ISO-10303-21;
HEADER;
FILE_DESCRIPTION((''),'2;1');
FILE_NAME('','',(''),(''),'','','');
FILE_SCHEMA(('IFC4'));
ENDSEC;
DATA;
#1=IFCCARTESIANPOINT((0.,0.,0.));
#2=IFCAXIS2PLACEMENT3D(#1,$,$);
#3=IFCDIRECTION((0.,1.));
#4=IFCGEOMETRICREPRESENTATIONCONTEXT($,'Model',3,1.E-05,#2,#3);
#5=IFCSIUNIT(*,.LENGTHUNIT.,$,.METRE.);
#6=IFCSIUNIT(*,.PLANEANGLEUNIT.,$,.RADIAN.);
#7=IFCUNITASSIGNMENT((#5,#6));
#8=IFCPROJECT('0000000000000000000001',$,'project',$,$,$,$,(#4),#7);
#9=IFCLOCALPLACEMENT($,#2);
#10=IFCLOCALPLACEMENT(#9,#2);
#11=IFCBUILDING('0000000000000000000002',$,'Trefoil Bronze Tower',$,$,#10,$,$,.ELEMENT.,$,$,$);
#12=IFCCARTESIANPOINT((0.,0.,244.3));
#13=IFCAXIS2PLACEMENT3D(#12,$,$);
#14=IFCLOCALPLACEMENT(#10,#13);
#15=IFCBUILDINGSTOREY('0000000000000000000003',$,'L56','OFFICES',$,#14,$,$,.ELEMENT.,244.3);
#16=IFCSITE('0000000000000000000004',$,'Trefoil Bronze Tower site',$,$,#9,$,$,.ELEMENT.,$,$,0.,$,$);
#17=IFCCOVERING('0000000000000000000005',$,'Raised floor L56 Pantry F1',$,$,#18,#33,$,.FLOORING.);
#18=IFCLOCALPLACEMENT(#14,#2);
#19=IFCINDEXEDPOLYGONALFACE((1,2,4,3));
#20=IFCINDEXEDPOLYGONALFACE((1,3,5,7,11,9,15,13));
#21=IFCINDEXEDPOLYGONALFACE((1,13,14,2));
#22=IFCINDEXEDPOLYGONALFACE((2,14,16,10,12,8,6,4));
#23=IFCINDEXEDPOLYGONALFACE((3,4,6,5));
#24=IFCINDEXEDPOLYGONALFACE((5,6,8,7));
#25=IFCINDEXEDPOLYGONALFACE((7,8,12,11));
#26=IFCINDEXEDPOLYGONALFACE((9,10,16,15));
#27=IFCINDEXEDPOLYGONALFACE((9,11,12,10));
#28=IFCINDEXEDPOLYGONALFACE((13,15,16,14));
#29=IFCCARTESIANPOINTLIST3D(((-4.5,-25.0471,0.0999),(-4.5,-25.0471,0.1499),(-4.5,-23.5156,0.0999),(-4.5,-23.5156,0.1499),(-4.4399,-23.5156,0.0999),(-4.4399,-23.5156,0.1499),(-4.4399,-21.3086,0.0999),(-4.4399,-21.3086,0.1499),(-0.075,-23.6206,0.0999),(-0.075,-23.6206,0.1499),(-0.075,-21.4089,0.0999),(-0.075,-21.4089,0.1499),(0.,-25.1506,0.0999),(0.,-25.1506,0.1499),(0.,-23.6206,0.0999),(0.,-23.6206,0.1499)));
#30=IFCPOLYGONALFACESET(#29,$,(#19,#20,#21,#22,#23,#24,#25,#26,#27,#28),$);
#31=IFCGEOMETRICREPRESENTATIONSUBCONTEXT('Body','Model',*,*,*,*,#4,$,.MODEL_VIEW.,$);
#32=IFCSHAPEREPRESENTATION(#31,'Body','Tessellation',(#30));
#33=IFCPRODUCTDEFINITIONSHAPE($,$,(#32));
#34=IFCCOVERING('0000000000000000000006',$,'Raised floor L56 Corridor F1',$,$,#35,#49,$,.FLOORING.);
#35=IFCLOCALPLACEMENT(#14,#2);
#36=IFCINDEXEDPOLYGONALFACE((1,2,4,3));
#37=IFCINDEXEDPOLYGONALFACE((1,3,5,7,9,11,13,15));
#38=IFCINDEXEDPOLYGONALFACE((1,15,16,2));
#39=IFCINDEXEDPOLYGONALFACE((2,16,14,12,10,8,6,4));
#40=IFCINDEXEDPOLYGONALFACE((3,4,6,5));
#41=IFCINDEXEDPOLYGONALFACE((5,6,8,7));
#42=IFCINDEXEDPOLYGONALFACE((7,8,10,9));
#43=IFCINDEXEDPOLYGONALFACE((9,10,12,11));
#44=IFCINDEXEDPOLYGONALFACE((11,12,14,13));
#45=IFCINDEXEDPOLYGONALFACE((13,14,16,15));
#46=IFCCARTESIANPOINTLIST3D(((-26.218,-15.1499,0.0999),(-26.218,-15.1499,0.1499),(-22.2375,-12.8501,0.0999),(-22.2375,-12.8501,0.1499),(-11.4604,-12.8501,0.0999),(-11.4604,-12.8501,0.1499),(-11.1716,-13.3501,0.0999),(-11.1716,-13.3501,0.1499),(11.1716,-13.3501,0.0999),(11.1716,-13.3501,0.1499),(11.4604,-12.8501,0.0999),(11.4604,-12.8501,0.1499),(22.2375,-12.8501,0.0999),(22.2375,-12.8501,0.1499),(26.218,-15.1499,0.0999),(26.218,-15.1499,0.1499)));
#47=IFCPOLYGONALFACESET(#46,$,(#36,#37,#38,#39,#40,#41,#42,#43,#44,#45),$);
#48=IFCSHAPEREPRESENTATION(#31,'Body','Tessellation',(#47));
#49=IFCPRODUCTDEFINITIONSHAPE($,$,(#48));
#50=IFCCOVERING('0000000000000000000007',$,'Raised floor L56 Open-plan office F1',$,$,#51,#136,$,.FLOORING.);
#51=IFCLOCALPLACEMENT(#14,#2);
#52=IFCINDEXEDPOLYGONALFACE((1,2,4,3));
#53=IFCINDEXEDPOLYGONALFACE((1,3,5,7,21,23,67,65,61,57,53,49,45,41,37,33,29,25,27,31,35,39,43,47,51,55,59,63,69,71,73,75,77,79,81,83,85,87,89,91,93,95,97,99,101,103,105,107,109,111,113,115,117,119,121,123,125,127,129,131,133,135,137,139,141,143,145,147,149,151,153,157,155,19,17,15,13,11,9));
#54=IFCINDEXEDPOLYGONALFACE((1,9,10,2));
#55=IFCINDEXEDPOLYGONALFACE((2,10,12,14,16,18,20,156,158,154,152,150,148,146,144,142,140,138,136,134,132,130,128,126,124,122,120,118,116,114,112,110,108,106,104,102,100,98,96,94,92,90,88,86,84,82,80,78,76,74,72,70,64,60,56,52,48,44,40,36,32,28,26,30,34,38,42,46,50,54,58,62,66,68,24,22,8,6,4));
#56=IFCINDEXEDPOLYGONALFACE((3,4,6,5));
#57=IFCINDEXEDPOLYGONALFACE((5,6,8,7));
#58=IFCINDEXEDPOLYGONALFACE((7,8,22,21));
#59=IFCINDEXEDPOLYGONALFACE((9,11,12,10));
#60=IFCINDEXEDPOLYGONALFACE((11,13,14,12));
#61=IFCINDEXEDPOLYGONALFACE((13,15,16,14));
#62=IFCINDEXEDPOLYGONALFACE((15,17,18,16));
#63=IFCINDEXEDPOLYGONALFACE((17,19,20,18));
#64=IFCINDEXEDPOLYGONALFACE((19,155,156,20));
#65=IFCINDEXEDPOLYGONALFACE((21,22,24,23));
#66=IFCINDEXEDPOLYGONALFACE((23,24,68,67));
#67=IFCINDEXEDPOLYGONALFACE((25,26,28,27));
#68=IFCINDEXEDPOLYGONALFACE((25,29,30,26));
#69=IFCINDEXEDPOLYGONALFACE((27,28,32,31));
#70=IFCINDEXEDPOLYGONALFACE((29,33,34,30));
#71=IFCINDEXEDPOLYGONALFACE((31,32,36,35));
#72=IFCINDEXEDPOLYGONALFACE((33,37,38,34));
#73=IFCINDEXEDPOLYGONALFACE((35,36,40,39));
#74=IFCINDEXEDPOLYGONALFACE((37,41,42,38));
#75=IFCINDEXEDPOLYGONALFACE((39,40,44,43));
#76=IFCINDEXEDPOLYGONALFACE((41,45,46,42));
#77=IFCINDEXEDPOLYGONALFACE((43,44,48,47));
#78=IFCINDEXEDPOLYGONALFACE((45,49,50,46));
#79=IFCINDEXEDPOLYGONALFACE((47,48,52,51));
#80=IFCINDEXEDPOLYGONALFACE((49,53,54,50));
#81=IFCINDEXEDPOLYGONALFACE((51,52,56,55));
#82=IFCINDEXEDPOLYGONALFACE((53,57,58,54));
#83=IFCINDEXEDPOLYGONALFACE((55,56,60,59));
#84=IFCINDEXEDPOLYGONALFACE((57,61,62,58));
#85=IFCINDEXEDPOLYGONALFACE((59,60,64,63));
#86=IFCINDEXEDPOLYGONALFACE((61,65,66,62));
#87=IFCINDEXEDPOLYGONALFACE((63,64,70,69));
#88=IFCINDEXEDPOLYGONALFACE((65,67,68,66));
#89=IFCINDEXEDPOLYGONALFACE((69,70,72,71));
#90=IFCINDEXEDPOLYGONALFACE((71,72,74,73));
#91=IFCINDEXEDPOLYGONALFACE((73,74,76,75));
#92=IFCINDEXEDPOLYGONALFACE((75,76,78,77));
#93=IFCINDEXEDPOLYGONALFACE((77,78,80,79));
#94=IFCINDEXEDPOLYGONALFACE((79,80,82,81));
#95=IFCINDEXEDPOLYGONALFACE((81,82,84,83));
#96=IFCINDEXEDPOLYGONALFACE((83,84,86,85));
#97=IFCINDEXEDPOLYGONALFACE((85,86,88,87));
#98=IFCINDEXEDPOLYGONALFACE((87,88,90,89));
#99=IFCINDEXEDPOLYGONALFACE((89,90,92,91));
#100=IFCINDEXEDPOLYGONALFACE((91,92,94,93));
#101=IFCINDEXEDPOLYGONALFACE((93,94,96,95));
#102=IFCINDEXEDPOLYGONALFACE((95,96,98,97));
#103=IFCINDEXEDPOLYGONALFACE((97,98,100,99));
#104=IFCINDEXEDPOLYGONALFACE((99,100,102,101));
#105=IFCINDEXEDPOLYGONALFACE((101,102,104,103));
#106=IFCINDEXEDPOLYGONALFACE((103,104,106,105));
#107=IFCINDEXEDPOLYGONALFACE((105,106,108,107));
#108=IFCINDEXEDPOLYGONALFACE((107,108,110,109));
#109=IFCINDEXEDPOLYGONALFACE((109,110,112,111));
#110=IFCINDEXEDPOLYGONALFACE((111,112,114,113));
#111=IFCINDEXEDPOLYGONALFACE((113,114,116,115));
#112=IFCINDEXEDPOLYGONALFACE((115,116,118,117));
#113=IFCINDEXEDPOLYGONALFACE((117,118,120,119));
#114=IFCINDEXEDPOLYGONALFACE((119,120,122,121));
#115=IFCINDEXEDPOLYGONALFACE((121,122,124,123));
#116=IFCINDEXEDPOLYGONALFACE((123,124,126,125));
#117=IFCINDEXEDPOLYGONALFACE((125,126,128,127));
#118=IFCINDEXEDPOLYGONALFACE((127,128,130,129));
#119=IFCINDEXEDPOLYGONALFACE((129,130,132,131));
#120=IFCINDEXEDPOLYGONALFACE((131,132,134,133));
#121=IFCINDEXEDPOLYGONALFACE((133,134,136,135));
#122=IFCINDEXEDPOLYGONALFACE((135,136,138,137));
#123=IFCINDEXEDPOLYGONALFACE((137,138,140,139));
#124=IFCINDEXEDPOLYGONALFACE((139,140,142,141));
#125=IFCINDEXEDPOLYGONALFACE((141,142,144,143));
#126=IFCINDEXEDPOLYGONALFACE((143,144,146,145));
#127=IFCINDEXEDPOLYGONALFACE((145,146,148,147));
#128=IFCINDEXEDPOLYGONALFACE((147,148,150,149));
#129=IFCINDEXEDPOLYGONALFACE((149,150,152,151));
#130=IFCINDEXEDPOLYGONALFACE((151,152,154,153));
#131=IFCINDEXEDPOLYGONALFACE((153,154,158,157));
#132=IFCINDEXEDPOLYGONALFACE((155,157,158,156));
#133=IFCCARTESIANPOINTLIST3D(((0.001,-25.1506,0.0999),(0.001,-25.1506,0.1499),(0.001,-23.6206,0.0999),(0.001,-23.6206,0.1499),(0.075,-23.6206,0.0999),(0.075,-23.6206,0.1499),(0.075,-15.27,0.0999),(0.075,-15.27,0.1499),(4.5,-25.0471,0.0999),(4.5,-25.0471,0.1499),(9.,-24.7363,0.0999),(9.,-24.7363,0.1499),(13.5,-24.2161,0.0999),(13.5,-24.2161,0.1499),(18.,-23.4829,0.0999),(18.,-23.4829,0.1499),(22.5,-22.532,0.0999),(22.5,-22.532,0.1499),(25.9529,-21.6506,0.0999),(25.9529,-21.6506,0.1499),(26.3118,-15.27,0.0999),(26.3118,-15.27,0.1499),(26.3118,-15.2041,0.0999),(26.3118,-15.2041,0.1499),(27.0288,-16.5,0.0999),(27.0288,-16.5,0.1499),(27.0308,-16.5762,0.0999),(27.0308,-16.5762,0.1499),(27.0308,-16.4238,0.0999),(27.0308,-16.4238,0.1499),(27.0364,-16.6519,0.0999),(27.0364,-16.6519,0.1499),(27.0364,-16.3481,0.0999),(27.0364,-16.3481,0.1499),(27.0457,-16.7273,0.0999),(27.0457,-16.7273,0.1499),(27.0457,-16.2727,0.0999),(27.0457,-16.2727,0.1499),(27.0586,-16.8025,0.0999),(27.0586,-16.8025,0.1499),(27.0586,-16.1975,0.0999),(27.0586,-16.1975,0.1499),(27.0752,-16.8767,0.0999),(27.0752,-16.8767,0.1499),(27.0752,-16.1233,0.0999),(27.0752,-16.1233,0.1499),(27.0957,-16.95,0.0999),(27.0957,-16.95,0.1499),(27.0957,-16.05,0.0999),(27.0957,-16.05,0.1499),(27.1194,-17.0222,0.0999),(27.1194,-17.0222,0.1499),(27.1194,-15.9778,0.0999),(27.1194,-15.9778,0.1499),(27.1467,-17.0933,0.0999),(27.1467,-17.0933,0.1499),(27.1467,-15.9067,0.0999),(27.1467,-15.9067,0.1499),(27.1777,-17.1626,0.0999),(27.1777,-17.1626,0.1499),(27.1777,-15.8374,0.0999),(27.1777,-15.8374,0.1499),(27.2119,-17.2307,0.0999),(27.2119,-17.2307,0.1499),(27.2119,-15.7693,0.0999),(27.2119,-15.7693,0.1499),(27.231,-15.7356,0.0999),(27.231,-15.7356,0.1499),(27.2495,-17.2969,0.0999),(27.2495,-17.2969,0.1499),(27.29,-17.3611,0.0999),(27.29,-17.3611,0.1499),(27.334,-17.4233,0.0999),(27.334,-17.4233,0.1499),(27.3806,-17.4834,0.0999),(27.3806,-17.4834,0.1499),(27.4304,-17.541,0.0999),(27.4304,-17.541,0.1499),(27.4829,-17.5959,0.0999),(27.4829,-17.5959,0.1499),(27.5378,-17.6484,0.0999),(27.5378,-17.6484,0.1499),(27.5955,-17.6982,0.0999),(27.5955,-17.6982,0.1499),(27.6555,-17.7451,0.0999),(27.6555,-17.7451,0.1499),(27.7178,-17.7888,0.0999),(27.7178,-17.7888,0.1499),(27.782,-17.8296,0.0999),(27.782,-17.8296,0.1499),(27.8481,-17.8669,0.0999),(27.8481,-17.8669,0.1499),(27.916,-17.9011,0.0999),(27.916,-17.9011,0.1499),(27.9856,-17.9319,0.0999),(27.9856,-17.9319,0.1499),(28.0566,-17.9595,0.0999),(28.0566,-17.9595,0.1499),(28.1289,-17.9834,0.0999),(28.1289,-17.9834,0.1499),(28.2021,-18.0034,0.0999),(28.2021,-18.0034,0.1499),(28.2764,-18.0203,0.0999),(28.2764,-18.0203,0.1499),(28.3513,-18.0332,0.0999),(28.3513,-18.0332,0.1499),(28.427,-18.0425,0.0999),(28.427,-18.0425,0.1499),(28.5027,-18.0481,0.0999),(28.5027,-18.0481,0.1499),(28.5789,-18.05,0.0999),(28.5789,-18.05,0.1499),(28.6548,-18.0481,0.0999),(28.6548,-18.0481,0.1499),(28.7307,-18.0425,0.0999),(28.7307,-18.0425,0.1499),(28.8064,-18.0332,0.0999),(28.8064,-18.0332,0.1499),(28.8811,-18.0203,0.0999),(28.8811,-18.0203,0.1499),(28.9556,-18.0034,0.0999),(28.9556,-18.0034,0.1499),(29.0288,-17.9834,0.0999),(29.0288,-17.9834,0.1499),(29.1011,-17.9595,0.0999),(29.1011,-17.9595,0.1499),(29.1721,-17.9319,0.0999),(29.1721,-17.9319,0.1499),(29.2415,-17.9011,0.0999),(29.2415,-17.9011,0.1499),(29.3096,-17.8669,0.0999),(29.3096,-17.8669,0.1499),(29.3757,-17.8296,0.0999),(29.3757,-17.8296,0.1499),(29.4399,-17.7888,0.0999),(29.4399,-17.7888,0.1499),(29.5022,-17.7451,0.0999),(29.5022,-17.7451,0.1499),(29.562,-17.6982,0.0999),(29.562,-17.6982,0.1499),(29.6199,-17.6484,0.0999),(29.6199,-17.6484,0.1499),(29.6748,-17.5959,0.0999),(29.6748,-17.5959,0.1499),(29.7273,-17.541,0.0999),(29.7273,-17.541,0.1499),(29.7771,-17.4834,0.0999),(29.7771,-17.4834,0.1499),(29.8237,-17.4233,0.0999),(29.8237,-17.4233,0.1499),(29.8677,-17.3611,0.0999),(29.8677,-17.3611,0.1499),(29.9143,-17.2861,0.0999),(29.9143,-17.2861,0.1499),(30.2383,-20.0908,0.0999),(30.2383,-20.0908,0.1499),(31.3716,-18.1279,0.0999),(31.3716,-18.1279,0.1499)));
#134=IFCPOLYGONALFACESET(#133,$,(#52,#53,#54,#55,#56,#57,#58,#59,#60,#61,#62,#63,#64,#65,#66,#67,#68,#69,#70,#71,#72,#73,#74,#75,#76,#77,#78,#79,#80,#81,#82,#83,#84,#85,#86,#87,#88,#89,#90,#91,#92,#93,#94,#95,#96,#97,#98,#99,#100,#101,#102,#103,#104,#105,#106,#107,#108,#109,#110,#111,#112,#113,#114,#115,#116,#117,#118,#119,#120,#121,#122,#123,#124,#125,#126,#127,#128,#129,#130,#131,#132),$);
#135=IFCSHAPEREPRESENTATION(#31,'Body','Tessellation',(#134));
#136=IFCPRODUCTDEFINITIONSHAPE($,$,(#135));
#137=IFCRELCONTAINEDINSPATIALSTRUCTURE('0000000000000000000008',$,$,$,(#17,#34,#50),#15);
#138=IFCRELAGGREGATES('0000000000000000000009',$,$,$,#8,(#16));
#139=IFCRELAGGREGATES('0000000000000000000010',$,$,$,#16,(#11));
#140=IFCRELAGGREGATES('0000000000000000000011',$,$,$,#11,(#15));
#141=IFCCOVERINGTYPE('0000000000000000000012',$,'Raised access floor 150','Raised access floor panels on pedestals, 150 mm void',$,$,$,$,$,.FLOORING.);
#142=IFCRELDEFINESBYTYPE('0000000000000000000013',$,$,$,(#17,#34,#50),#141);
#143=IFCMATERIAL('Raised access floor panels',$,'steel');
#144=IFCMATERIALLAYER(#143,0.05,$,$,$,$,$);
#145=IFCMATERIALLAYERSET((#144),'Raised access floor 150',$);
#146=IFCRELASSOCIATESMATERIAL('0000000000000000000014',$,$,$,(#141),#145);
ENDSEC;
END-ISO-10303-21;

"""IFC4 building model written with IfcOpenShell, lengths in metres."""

from ifc_helpers import new_model, si_unit, direction, frame, origin, place, context, subcontext, project, spatial, polyline, outline, extrude, material, layer, layer_set, type_object, element, save


model = new_model("IFC4")

# Units and contexts
model_context = context("Model", 3, precision=1e-05, world=origin(), true_north=direction((0.0, 1.0)))
body_context = subcontext(model_context, "Body", "Model", "MODEL_VIEW")
ifc_project = project(units=[si_unit("LENGTHUNIT", "METRE"), si_unit("PLANEANGLEUNIT", "RADIAN")], contexts=[model_context])

# Site, building, storey
site_placement = place(None, origin())
site = spatial("IfcSite", under=ifc_project, at=site_placement, Name="Trefoil Bronze Tower site", CompositionType="ELEMENT", RefElevation=0.0)
building_placement = place(site_placement, origin())
building = spatial("IfcBuilding", under=site, at=building_placement, Name="Trefoil Bronze Tower", CompositionType="ELEMENT")
storey_placement = place(building_placement, frame((0.0, 0.0, 244.3)))
storey = spatial("IfcBuildingStorey", under=building, at=storey_placement, Name="L56", Description="OFFICES", CompositionType="ELEMENT", Elevation=244.3)

# Coverings
ifc_material_1 = material(Name="Raised access floor panels", Category="steel")
ifc_layer_1 = layer(ifc_material_1, 0.05)
ifc_layer_set_1 = layer_set([ifc_layer_1], Name="Raised access floor 150")
covering_type_1 = type_object("IfcCoveringType", Name="Raised access floor 150", Description="Raised access floor panels on pedestals, 150 mm void", PredefinedType="FLOORING", material=ifc_layer_set_1)
covering_1_placement = place(storey_placement, frame((0.0, 0.0, 0.0999)))
element("IfcCovering", 1, at=covering_1_placement, inside=storey, type_object=covering_type_1, Name="Raised floor L56 Pantry F1", PredefinedType="FLOORING", context=body_context, shape_type="SweptSolid", body=[
    extrude(outline(polyline([(0.0, -25.1506), (-4.5, -25.0471), (-4.5, -23.5156), (-4.4399, -23.5156), (-4.4399, -21.3086), (-0.075, -21.4089), (-0.075, -23.6206), (0.0, -23.6206), (0.0, -25.1506)])), origin(), (0.0, 0.0, 1.0), 0.05),
])
covering_2_placement = place(storey_placement, frame((0.0, 0.0, 0.0999)))
element("IfcCovering", 2, at=covering_2_placement, inside=storey, type_object=covering_type_1, Name="Raised floor L56 Corridor F1", PredefinedType="FLOORING", context=body_context, shape_type="SweptSolid", body=[
    extrude(outline(polyline([(-26.218, -15.1499), (-22.2375, -12.8501), (-11.4604, -12.8501), (-11.1716, -13.3501), (11.1716, -13.3501), (11.4604, -12.8501), (22.2375, -12.8501), (26.218, -15.1499), (-26.218, -15.1499)])), origin(), (0.0, 0.0, 1.0), 0.05),
])
covering_3_placement = place(storey_placement, frame((0.0, 0.0, 0.0999)))
element("IfcCovering", 3, at=covering_3_placement, inside=storey, type_object=covering_type_1, Name="Raised floor L56 Open-plan office F1", PredefinedType="FLOORING", context=body_context, shape_type="SweptSolid", body=[
    extrude(outline(polyline([(13.5, -24.2161), (9.0, -24.7363), (4.5, -25.0471), (0.001, -25.1506), (0.001, -23.6206), (0.075, -23.6206), (0.075, -15.27), (26.3118, -15.27), (26.3118, -15.2041), (27.231, -15.7356), (27.2119, -15.7693), (27.1777, -15.8374), (27.1467, -15.9067), (27.1194, -15.9778), (27.0957, -16.05), (27.0752, -16.1233), (27.0586, -16.1975), (27.0457, -16.2727), (27.0364, -16.3481), (27.0308, -16.4238), (27.0288, -16.5), (27.0308, -16.5762), (27.0364, -16.6519), (27.0457, -16.7273), (27.0586, -16.8025), (27.0752, -16.8767), (27.0957, -16.95), (27.1194, -17.0222), (27.1467, -17.0933), (27.1777, -17.1626), (27.2119, -17.2307), (27.2495, -17.2969), (27.29, -17.3611), (27.334, -17.4233), (27.3806, -17.4834), (27.4304, -17.541), (27.4829, -17.5959), (27.5378, -17.6484), (27.5955, -17.6982), (27.6555, -17.7451), (27.7178, -17.7888), (27.782, -17.8296), (27.8481, -17.8669), (27.916, -17.9011), (27.9856, -17.9319), (28.0566, -17.9595), (28.1289, -17.9834), (28.2021, -18.0034), (28.2764, -18.0203), (28.3513, -18.0332), (28.427, -18.0425), (28.5027, -18.0481), (28.5789, -18.05), (28.6548, -18.0481), (28.7307, -18.0425), (28.8064, -18.0332), (28.8811, -18.0203), (28.9556, -18.0034), (29.0288, -17.9834), (29.1011, -17.9595), (29.1721, -17.9319), (29.2415, -17.9011), (29.3096, -17.8669), (29.3757, -17.8296), (29.4399, -17.7888), (29.5022, -17.7451), (29.562, -17.6982), (29.6199, -17.6484), (29.6748, -17.5959), (29.7273, -17.541), (29.7771, -17.4834), (29.8237, -17.4233), (29.8677, -17.3611), (29.9143, -17.2861), (31.3716, -18.1279), (30.2383, -20.0908), (25.9529, -21.6506), (22.5, -22.532), (18.0, -23.4829), (13.5, -24.2161)])), origin(), (0.0, 0.0, 1.0), 0.05),
])

save(model, "model.ifc")
